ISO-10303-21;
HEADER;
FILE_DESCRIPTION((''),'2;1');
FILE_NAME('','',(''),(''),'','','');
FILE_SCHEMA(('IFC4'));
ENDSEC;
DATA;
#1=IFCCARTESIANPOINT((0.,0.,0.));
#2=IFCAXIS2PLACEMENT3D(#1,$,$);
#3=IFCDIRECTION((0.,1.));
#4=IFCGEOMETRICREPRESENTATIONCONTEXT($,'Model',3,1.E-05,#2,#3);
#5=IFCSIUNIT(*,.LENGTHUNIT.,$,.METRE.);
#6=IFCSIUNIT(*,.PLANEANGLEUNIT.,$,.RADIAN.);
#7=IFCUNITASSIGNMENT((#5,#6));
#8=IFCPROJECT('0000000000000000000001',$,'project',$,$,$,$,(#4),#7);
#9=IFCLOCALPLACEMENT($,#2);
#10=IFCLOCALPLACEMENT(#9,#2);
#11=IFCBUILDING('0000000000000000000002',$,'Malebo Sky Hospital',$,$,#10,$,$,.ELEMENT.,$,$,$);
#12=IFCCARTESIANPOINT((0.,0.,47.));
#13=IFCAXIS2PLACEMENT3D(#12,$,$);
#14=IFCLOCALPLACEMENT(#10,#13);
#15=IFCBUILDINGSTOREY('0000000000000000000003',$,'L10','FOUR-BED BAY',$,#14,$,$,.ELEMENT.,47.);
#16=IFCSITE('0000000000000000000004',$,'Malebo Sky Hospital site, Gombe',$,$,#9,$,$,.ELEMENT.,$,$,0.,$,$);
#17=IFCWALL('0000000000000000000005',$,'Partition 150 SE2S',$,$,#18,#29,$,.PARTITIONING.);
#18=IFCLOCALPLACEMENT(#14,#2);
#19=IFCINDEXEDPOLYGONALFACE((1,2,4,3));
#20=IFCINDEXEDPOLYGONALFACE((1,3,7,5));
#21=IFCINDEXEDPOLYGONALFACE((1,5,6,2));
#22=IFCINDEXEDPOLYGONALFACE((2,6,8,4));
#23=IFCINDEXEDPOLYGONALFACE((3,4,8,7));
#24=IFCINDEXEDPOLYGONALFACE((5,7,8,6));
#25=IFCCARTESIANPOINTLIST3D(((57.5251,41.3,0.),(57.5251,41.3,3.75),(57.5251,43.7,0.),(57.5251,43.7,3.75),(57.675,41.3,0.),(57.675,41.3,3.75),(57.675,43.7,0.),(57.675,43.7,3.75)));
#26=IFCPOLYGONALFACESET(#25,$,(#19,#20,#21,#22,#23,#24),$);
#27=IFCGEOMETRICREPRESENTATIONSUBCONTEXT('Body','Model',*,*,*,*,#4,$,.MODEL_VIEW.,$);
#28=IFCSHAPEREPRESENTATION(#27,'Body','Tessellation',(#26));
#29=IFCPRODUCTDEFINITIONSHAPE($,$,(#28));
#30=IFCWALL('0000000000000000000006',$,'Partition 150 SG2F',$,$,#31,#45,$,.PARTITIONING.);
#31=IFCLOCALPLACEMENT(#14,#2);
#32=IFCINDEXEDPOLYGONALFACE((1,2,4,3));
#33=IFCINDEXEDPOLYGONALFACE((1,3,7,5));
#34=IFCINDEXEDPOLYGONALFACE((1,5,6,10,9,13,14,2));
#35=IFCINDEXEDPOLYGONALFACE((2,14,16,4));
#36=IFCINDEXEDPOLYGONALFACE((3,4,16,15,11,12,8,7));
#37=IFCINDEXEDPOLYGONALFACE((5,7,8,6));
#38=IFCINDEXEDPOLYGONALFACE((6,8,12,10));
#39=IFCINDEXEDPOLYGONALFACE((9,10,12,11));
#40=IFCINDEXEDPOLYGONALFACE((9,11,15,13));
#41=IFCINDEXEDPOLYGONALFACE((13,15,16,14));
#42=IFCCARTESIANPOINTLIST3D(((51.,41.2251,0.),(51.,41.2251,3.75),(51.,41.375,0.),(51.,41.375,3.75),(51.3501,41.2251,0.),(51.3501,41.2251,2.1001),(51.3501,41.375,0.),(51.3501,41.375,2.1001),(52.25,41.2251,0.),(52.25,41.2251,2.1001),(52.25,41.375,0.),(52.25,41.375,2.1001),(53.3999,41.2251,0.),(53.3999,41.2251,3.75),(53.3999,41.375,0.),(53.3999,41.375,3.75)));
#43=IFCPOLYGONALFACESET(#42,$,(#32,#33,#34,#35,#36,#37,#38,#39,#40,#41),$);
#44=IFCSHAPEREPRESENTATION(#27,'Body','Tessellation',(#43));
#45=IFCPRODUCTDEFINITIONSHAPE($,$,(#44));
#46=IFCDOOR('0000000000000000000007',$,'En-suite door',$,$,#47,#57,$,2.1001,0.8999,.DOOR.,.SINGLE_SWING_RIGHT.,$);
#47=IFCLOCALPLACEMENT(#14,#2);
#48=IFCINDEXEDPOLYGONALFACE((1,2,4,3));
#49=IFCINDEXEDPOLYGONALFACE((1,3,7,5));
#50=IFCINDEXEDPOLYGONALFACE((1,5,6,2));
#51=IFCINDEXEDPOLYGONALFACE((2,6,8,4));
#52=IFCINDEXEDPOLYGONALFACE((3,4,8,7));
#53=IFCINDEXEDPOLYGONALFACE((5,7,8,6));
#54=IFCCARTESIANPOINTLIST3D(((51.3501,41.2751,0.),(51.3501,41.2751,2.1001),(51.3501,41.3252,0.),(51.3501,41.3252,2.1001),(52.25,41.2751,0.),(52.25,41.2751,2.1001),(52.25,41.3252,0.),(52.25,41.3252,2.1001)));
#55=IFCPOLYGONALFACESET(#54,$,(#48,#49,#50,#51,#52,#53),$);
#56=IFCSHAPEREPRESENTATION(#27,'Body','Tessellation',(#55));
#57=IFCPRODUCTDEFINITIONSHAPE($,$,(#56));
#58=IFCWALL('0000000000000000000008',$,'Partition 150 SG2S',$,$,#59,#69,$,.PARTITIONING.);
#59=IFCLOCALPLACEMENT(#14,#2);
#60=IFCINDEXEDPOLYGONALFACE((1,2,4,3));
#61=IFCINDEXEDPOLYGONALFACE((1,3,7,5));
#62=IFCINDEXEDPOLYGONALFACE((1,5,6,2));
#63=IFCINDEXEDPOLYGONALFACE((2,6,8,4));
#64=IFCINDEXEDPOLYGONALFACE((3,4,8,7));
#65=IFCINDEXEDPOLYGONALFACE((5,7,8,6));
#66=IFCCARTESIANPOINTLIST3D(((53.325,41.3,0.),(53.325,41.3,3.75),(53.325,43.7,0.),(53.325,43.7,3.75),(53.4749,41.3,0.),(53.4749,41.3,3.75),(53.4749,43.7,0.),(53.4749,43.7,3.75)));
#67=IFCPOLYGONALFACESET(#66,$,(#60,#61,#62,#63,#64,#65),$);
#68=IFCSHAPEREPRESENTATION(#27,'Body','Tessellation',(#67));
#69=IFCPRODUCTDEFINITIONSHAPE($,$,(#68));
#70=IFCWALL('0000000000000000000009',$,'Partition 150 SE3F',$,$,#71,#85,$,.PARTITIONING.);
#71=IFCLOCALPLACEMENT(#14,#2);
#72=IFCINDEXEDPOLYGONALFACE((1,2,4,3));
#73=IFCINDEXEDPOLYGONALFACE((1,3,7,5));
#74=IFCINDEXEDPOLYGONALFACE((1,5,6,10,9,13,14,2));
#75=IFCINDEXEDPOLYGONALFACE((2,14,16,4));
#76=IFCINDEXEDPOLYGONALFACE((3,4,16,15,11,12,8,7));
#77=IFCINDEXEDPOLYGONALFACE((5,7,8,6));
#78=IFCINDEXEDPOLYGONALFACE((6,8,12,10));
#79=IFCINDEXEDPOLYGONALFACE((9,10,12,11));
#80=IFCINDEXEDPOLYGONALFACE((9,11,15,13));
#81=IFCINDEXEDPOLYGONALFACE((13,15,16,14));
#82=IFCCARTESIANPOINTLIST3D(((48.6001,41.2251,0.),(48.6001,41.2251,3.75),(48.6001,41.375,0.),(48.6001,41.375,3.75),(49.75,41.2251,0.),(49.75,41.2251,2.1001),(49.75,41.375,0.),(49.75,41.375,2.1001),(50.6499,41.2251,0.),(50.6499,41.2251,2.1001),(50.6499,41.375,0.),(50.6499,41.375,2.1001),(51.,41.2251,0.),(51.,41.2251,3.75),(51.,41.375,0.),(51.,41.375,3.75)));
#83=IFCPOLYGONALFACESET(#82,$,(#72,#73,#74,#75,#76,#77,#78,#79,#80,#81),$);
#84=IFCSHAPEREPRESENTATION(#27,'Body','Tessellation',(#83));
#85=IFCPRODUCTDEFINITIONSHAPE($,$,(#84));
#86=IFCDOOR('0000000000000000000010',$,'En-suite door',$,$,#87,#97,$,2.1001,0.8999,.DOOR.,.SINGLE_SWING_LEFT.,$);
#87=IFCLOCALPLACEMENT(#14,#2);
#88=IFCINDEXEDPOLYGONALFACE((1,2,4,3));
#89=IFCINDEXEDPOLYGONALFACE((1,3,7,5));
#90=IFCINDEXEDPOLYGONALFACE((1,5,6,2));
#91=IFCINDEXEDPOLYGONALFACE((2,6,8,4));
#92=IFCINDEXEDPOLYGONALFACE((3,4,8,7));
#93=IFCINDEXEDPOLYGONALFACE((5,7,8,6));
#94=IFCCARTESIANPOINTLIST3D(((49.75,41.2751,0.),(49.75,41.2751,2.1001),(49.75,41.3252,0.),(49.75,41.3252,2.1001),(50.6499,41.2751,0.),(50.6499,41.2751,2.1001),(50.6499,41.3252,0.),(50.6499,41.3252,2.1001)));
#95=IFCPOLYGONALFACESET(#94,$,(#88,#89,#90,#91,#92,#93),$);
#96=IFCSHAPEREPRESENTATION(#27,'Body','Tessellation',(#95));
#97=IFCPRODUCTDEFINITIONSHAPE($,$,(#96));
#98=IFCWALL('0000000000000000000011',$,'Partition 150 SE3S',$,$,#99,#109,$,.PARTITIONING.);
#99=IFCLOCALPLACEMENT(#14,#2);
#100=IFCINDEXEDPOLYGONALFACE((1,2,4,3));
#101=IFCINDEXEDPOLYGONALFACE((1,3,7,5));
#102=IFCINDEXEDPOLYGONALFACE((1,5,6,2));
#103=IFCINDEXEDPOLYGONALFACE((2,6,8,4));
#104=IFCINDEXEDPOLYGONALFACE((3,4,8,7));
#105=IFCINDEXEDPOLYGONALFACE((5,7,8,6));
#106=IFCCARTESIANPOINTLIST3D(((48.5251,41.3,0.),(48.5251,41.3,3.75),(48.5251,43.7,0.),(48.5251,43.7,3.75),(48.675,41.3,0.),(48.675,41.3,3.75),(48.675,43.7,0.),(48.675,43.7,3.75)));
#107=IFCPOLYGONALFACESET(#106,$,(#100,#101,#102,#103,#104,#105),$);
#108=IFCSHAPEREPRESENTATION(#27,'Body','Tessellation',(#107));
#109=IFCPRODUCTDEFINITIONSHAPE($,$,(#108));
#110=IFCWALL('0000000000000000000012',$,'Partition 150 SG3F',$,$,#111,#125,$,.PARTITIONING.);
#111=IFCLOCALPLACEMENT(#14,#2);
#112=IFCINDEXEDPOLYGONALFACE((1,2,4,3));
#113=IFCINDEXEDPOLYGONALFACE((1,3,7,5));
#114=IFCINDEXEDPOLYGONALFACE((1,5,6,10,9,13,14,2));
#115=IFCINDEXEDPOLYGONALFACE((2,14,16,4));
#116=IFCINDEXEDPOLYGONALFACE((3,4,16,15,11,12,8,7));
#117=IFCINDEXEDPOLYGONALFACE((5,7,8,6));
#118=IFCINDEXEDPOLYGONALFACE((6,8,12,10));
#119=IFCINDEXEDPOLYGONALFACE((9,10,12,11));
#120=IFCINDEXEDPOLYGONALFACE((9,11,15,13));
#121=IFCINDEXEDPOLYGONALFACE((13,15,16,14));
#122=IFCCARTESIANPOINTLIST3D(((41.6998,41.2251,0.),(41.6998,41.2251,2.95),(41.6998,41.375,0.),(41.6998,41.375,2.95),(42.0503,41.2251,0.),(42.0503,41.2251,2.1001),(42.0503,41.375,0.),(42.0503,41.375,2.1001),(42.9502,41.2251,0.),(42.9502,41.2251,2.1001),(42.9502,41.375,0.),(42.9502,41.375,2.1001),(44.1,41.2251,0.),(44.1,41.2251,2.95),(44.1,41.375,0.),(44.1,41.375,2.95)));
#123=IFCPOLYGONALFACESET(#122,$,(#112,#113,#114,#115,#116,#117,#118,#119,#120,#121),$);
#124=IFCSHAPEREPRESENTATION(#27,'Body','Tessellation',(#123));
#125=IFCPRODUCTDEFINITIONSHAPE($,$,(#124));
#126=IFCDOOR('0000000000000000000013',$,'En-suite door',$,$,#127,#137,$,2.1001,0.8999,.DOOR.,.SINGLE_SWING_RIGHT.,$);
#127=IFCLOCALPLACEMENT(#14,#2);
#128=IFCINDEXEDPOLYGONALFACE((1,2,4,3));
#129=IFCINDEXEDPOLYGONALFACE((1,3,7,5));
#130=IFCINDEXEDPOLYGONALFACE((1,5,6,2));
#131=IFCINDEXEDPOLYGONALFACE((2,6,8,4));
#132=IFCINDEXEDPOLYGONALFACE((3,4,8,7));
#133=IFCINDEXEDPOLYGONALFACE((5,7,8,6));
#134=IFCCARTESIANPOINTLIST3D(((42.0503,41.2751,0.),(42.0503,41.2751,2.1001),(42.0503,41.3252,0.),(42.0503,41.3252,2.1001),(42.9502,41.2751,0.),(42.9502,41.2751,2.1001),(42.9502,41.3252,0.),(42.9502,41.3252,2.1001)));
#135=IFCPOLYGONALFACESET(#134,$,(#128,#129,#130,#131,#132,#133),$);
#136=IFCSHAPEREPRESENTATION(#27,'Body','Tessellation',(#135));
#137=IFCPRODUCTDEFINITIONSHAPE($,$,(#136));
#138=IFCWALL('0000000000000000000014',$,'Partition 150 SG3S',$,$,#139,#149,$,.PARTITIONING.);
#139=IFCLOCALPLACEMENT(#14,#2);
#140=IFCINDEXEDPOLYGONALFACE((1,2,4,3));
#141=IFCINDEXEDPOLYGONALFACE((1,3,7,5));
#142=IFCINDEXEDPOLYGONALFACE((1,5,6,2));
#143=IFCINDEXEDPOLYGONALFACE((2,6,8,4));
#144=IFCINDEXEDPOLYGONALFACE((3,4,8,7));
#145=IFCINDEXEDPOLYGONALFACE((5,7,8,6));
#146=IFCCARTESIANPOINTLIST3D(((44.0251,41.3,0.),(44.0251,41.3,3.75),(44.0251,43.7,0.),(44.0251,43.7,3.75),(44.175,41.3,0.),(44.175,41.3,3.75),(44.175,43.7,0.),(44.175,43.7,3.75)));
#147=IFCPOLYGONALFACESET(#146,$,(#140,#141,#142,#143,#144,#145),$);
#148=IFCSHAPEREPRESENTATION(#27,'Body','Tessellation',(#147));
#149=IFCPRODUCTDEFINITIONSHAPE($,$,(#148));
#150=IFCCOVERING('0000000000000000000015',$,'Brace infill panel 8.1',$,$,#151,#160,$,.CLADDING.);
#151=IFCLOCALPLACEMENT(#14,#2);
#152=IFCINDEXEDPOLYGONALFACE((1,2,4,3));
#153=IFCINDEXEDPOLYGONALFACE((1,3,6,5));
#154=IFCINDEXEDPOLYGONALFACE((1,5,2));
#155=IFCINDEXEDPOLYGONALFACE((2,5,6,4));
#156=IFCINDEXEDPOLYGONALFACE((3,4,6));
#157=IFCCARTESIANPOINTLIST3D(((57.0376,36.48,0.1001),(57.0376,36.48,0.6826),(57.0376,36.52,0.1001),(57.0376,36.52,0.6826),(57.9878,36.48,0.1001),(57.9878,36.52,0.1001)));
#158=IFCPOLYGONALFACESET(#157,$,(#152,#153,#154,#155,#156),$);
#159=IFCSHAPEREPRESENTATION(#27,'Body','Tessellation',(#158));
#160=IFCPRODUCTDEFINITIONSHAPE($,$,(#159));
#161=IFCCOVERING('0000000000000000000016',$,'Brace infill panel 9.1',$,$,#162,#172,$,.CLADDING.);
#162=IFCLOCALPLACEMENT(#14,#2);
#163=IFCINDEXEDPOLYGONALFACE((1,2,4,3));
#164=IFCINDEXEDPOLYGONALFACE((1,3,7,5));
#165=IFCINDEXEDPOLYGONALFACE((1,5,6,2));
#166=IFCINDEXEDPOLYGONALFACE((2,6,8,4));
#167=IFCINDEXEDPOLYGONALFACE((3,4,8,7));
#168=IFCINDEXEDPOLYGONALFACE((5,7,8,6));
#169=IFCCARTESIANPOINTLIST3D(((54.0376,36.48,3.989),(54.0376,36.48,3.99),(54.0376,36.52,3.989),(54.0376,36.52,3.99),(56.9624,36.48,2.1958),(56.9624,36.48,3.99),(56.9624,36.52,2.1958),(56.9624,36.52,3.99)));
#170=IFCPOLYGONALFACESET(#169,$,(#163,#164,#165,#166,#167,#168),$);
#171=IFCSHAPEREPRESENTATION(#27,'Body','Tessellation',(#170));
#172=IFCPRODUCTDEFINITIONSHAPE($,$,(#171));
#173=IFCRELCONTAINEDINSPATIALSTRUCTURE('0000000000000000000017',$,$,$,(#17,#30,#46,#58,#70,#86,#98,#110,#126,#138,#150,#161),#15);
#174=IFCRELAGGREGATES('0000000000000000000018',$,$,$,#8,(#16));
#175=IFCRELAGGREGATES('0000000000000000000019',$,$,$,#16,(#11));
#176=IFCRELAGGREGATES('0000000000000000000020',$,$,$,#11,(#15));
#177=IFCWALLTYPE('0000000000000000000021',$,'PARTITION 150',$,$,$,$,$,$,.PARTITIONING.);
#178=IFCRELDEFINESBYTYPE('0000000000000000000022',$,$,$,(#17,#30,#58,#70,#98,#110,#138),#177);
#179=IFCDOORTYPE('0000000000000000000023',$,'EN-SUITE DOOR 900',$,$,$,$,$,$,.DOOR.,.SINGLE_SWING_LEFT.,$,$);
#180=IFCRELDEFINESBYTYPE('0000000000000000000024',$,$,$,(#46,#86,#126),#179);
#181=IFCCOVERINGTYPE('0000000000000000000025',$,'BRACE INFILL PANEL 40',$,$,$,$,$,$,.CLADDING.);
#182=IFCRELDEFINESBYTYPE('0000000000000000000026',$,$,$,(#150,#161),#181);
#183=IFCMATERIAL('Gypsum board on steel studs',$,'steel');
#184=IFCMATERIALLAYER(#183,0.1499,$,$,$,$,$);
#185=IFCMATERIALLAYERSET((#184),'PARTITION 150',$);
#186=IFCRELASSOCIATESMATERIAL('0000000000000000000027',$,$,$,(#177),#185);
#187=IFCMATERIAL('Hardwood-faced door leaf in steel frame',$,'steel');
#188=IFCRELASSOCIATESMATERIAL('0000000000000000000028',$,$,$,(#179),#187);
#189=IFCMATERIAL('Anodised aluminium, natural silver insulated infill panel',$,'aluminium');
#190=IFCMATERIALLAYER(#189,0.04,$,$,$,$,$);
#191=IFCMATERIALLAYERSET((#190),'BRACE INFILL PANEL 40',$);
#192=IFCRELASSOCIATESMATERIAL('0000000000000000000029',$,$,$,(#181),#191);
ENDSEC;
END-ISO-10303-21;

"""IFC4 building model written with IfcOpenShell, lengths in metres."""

from ifc_helpers import new_model, si_unit, direction, frame, frame_2d, origin, place, context, subcontext, project, spatial, polyline, rectangle, outline, extrude, material, layer, layer_set, type_object, element, fill, save


model = new_model("IFC4")

# Units and contexts
model_context = context("Model", 3, precision=1e-05, world=origin(), true_north=direction((0.0, 1.0)))
body_context = subcontext(model_context, "Body", "Model", "MODEL_VIEW")
ifc_project = project(units=[si_unit("LENGTHUNIT", "METRE"), si_unit("PLANEANGLEUNIT", "RADIAN")], contexts=[model_context])

# Site, building, storey
site_placement = place(None, origin())
site = spatial("IfcSite", under=ifc_project, at=site_placement, Name="Malebo Sky Hospital site, Gombe", CompositionType="ELEMENT", RefElevation=0.0)
building_placement = place(site_placement, origin())
building = spatial("IfcBuilding", under=site, at=building_placement, Name="Malebo Sky Hospital", CompositionType="ELEMENT")
storey_placement = place(building_placement, frame((0.0, 0.0, 47.0)))
storey = spatial("IfcBuildingStorey", under=building, at=storey_placement, Name="L10", Description="FOUR-BED BAY", CompositionType="ELEMENT", Elevation=47.0)

# Wall
ifc_material_1 = material(Name="Gypsum board on steel studs", Category="steel")
ifc_layer_1 = layer(ifc_material_1, 0.1499)
ifc_layer_set_1 = layer_set([ifc_layer_1], Name="PARTITION 150")
wall_type = type_object("IfcWallType", Name="PARTITION 150", PredefinedType="PARTITIONING", material=ifc_layer_set_1)
wall_1_placement = place(storey_placement, frame((57.6001, 43.7, 0.0), z_axis=(0.0, 0.0, 1.0), x_axis=(0.0, -1.0, 0.0)))
element("IfcWall", 1, at=wall_1_placement, inside=storey, type_object=wall_type, Name="Partition 150 SE2S", PredefinedType="PARTITIONING", context=body_context, shape_type="SweptSolid", body=[
    extrude(rectangle(XDim=2.3999, YDim=0.1499, at=frame_2d((1.2, 0.0))), origin(), (0.0, 0.0, 1.0), 3.75),
])

# Wall, opening, door
wall_2_placement = place(storey_placement, frame((53.3999, 41.3, 0.0), z_axis=(0.0, 0.0, 1.0), x_axis=(-1.0, 0.0, 0.0)))
wall_2 = element("IfcWall", 2, at=wall_2_placement, inside=storey, type_object=wall_type, Name="Partition 150 SG2F", PredefinedType="PARTITIONING", context=body_context, shape_type="SweptSolid", body=[
    extrude(rectangle(XDim=2.3999, YDim=0.1499, at=frame_2d((1.2, 0.0))), origin(), (0.0, 0.0, 1.0), 3.75),
])
opening_1_placement = place(wall_2_placement, frame((1.1499, 0.0, 0.0)))
opening_1 = element("IfcOpeningElement", 3, at=opening_1_placement, cuts=wall_2, PredefinedType="OPENING", context=body_context, shape_type="SweptSolid", body=[
    extrude(rectangle(XDim=0.8999, YDim=2.1001, at=frame_2d((0.45, 1.05))), frame((0.0, 0.085, 0.0), z_axis=(0.0, -1.0, 0.0), x_axis=(1.0, 0.0, 0.0)), (0.0, 0.0, 1.0), 0.1699),
])
ifc_material_2 = material(Name="Hardwood-faced door leaf in steel frame", Category="steel")
door_type = type_object("IfcDoorType", Name="EN-SUITE DOOR 900", OperationType="SINGLE_SWING_LEFT", PredefinedType="DOOR", material=ifc_material_2)
door_1_placement = place(opening_1_placement, origin())
door_1 = element("IfcDoor", 4, at=door_1_placement, inside=storey, type_object=door_type, Name="En-suite door", OperationType="SINGLE_SWING_RIGHT", OverallHeight=2.1001, OverallWidth=0.8999, PredefinedType="DOOR", context=body_context, shape_type="SweptSolid", body=[
    extrude(rectangle(XDim=0.8999, YDim=2.1001, at=frame_2d((0.45, 1.05))), frame((0.0, 0.0249, 0.0), z_axis=(0.0, -1.0, 0.0), x_axis=(1.0, 0.0, 0.0)), (0.0, 0.0, 1.0), 0.05),
])
fill(opening_1, door_1)

# Wall
wall_3_placement = place(storey_placement, frame((53.3999, 43.7, 0.0), z_axis=(0.0, 0.0, 1.0), x_axis=(0.0, -1.0, 0.0)))
element("IfcWall", 5, at=wall_3_placement, inside=storey, type_object=wall_type, Name="Partition 150 SG2S", PredefinedType="PARTITIONING", context=body_context, shape_type="SweptSolid", body=[
    extrude(rectangle(XDim=2.3999, YDim=0.1499, at=frame_2d((1.2, 0.0))), origin(), (0.0, 0.0, 1.0), 3.75),
])

# Wall, opening, door
wall_4_placement = place(storey_placement, frame((51.0, 41.3, 0.0), z_axis=(0.0, 0.0, 1.0), x_axis=(-1.0, 0.0, 0.0)))
wall_4 = element("IfcWall", 6, at=wall_4_placement, inside=storey, type_object=wall_type, Name="Partition 150 SE3F", PredefinedType="PARTITIONING", context=body_context, shape_type="SweptSolid", body=[
    extrude(rectangle(XDim=2.3999, YDim=0.1499, at=frame_2d((1.2, 0.0))), origin(), (0.0, 0.0, 1.0), 3.75),
])
opening_2_placement = place(wall_4_placement, frame((0.3501, 0.0, 0.0)))
opening_2 = element("IfcOpeningElement", 7, at=opening_2_placement, cuts=wall_4, PredefinedType="OPENING", context=body_context, shape_type="SweptSolid", body=[
    extrude(rectangle(XDim=0.8999, YDim=2.1001, at=frame_2d((0.45, 1.05))), frame((0.0, 0.085, 0.0), z_axis=(0.0, -1.0, 0.0), x_axis=(1.0, 0.0, 0.0)), (0.0, 0.0, 1.0), 0.1699),
])
door_2_placement = place(opening_2_placement, origin())
door_2 = element("IfcDoor", 8, at=door_2_placement, inside=storey, type_object=door_type, Name="En-suite door", OperationType="SINGLE_SWING_LEFT", OverallHeight=2.1001, OverallWidth=0.8999, PredefinedType="DOOR", context=body_context, shape_type="SweptSolid", body=[
    extrude(rectangle(XDim=0.8999, YDim=2.1001, at=frame_2d((0.45, 1.05))), frame((0.0, 0.0249, 0.0), z_axis=(0.0, -1.0, 0.0), x_axis=(1.0, 0.0, 0.0)), (0.0, 0.0, 1.0), 0.05),
])
fill(opening_2, door_2)

# Wall
wall_5_placement = place(storey_placement, frame((48.6001, 43.7, 0.0), z_axis=(0.0, 0.0, 1.0), x_axis=(0.0, -1.0, 0.0)))
element("IfcWall", 9, at=wall_5_placement, inside=storey, type_object=wall_type, Name="Partition 150 SE3S", PredefinedType="PARTITIONING", context=body_context, shape_type="SweptSolid", body=[
    extrude(rectangle(XDim=2.3999, YDim=0.1499, at=frame_2d((1.2, 0.0))), origin(), (0.0, 0.0, 1.0), 3.75),
])

# Wall, opening, door
wall_6_placement = place(storey_placement, frame((44.1001, 41.3, 0.0), z_axis=(0.0, 0.0, 1.0), x_axis=(-1.0, 0.0, 0.0)))
wall_6 = element("IfcWall", 10, at=wall_6_placement, inside=storey, type_object=wall_type, Name="Partition 150 SG3F", PredefinedType="PARTITIONING", context=body_context, shape_type="SweptSolid", body=[
    extrude(rectangle(XDim=2.4001, YDim=0.1499, at=frame_2d((1.2002, 0.0))), origin(), (0.0, 0.0, 1.0), 2.95),
])
opening_3_placement = place(wall_6_placement, frame((1.1499, 0.0, 0.0)))
opening_3 = element("IfcOpeningElement", 11, at=opening_3_placement, cuts=wall_6, PredefinedType="OPENING", context=body_context, shape_type="SweptSolid", body=[
    extrude(rectangle(XDim=0.8999, YDim=2.1001, at=frame_2d((0.45, 1.05))), frame((0.0, 0.085, 0.0), z_axis=(0.0, -1.0, 0.0), x_axis=(1.0, 0.0, 0.0)), (0.0, 0.0, 1.0), 0.1699),
])
door_3_placement = place(opening_3_placement, origin())
door_3 = element("IfcDoor", 12, at=door_3_placement, inside=storey, type_object=door_type, Name="En-suite door", OperationType="SINGLE_SWING_RIGHT", OverallHeight=2.1001, OverallWidth=0.8999, PredefinedType="DOOR", context=body_context, shape_type="SweptSolid", body=[
    extrude(rectangle(XDim=0.8999, YDim=2.1001, at=frame_2d((0.45, 1.05))), frame((0.0, 0.0249, 0.0), z_axis=(0.0, -1.0, 0.0), x_axis=(1.0, 0.0, 0.0)), (0.0, 0.0, 1.0), 0.05),
])
fill(opening_3, door_3)

# Wall
wall_7_placement = place(storey_placement, frame((44.1001, 43.7, 0.0), z_axis=(0.0, 0.0, 1.0), x_axis=(0.0, -1.0, 0.0)))
element("IfcWall", 13, at=wall_7_placement, inside=storey, type_object=wall_type, Name="Partition 150 SG3S", PredefinedType="PARTITIONING", context=body_context, shape_type="SweptSolid", body=[
    extrude(rectangle(XDim=2.3999, YDim=0.1499, at=frame_2d((1.2, 0.0))), origin(), (0.0, 0.0, 1.0), 3.75),
])

# Coverings
ifc_material_3 = material(Name="Anodised aluminium, natural silver insulated infill panel", Category="aluminium")
ifc_layer_2 = layer(ifc_material_3, 0.04)
ifc_layer_set_2 = layer_set([ifc_layer_2], Name="BRACE INFILL PANEL 40")
covering_type = type_object("IfcCoveringType", Name="BRACE INFILL PANEL 40", PredefinedType="CLADDING", material=ifc_layer_set_2)
covering_1_placement = place(storey_placement, frame((57.5127, 36.5, 0.1001), z_axis=(0.0, 0.0, 1.0), x_axis=(-1.0, 0.0, 0.0)))
element("IfcCovering", 14, at=covering_1_placement, inside=storey, type_object=covering_type, Name="Brace infill panel 8.1", PredefinedType="CLADDING", context=body_context, shape_type="SweptSolid", body=[
    extrude(outline(polyline([(-0.4751, 0.0), (0.4751, 0.0), (0.4751, 0.5825), (-0.4751, 0.0)])), frame((0.0, 0.02, 0.0), z_axis=(0.0, -1.0, 0.0), x_axis=(1.0, 0.0, 0.0)), (0.0, 0.0, 1.0), 0.04),
])
covering_2_placement = place(storey_placement, frame((55.5, 36.5, 2.1958), z_axis=(0.0, 0.0, 1.0), x_axis=(-1.0, 0.0, 0.0)))
element("IfcCovering", 15, at=covering_2_placement, inside=storey, type_object=covering_type, Name="Brace infill panel 9.1", PredefinedType="CLADDING", context=body_context, shape_type="SweptSolid", body=[
    extrude(outline(polyline([(-1.4624, 0.0), (1.4624, 1.7932), (1.4624, 1.7942), (-1.4624, 1.7942), (-1.4624, 0.0)])), frame((0.0, 0.02, 0.0), z_axis=(0.0, -1.0, 0.0), x_axis=(1.0, 0.0, 0.0)), (0.0, 0.0, 1.0), 0.04),
])

save(model, "model.ifc")
